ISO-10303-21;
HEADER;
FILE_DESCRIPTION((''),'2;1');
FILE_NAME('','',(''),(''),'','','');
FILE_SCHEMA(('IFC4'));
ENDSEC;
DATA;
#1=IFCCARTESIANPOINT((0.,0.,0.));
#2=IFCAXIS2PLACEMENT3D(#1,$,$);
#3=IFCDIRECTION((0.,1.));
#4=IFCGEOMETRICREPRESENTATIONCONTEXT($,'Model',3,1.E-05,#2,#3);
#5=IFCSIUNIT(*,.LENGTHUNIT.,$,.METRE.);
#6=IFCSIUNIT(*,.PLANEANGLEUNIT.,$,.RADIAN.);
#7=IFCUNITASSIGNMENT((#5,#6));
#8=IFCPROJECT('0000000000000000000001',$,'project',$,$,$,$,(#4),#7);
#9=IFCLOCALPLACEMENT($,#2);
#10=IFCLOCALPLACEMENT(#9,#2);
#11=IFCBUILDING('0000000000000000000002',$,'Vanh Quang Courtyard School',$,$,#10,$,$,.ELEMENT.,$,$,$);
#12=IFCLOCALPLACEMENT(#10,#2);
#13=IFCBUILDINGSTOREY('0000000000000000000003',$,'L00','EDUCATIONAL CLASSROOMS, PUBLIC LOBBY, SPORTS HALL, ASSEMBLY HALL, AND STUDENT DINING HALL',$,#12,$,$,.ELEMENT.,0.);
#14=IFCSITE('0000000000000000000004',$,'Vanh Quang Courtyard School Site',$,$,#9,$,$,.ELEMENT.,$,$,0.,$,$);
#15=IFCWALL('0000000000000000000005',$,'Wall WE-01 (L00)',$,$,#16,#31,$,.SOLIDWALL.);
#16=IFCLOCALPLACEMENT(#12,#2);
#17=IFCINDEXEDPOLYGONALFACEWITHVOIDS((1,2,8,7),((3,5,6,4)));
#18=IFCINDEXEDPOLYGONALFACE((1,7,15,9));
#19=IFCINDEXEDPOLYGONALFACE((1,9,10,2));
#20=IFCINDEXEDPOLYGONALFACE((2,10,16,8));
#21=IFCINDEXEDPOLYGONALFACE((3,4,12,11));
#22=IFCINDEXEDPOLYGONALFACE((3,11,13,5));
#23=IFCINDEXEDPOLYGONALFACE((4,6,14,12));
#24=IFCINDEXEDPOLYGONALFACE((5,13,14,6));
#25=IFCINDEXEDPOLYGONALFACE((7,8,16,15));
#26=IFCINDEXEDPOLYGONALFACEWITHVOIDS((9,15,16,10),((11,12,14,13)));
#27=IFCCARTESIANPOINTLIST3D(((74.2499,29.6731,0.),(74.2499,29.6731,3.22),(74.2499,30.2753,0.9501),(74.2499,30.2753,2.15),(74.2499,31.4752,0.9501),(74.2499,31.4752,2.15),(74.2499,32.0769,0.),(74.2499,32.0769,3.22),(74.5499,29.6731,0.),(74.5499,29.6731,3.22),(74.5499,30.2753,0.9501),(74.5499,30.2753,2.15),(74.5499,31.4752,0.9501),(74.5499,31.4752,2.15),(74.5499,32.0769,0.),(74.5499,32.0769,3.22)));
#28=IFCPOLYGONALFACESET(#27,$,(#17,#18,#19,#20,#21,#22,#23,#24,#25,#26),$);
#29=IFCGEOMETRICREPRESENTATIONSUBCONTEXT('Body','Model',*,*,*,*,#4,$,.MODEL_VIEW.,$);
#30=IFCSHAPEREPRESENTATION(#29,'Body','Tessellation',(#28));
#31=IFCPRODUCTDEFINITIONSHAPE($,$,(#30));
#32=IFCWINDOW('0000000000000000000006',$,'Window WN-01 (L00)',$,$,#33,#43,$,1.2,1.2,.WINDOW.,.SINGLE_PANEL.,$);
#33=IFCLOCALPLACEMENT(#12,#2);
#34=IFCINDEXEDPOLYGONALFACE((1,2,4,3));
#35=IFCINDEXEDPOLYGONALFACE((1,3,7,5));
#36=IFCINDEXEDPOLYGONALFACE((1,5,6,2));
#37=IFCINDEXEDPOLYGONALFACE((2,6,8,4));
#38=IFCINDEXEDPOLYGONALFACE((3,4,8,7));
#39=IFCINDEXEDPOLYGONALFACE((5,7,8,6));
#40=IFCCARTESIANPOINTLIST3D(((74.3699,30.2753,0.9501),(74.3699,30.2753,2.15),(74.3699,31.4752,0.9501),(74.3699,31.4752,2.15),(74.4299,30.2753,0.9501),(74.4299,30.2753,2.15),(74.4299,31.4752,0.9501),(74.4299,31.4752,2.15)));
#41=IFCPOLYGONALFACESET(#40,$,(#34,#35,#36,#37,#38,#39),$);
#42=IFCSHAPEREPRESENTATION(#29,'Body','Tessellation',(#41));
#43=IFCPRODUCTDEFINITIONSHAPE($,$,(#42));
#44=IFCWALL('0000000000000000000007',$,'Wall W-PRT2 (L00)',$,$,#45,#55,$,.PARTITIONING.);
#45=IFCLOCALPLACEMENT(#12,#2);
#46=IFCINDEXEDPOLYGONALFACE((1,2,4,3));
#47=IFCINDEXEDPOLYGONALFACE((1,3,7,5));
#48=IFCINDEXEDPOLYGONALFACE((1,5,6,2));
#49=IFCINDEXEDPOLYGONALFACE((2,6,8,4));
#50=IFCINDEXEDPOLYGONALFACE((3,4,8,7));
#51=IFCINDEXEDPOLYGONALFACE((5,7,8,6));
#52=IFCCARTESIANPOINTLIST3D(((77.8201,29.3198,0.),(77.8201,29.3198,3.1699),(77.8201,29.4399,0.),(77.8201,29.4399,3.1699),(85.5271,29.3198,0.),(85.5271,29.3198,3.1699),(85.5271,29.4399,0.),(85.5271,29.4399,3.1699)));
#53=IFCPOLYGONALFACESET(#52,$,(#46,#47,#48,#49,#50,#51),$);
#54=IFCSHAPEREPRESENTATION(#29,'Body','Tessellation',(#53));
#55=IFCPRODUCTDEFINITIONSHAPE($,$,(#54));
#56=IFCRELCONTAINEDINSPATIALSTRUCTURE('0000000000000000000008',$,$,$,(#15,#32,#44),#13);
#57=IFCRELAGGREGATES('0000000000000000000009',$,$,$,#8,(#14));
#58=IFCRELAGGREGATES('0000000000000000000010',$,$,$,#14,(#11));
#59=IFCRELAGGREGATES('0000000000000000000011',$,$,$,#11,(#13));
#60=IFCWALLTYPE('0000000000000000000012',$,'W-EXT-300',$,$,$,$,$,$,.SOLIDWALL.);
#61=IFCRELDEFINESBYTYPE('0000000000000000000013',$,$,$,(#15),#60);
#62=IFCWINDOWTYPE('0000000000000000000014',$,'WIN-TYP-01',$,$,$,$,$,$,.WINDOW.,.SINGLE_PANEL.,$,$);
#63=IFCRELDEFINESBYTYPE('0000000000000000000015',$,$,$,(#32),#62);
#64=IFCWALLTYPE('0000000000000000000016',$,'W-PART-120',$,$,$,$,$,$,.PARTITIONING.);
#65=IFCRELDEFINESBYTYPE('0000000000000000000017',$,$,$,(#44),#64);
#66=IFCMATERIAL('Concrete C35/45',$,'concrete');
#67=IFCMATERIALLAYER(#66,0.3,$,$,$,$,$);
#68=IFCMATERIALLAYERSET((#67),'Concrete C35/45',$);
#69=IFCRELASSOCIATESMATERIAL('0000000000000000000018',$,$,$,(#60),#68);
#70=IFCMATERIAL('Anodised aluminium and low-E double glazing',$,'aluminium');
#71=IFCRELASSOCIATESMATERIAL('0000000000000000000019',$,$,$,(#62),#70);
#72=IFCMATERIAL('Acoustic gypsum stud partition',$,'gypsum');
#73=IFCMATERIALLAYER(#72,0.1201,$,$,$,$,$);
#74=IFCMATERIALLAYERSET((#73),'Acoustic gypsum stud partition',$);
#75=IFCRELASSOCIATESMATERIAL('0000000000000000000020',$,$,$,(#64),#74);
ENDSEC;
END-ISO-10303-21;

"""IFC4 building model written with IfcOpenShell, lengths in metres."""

from ifc_helpers import new_model, si_unit, direction, frame, frame_2d, origin, place, context, subcontext, project, spatial, rectangle, extrude, material, layer, layer_set, type_object, element, fill, save


model = new_model("IFC4")

# Units and contexts
model_context = context("Model", 3, precision=1e-05, world=origin(), true_north=direction((0.0, 1.0)))
body_context = subcontext(model_context, "Body", "Model", "MODEL_VIEW")
ifc_project = project(units=[si_unit("LENGTHUNIT", "METRE"), si_unit("PLANEANGLEUNIT", "RADIAN")], contexts=[model_context])

# Site, building, storey
site_placement = place(None, origin())
site = spatial("IfcSite", under=ifc_project, at=site_placement, Name="Vanh Quang Courtyard School Site", CompositionType="ELEMENT", RefElevation=0.0)
building_placement = place(site_placement, origin())
building = spatial("IfcBuilding", under=site, at=building_placement, Name="Vanh Quang Courtyard School", CompositionType="ELEMENT")
storey_placement = place(building_placement, origin())
storey = spatial("IfcBuildingStorey", under=building, at=storey_placement, Name="L00", Description="EDUCATIONAL CLASSROOMS, PUBLIC LOBBY, SPORTS HALL, ASSEMBLY HALL, AND STUDENT DINING HALL", CompositionType="ELEMENT", Elevation=0.0)

# Shared definitions
ifc_material_1 = material(Name="Concrete C35/45", Category="concrete")

# Wall, opening, window
ifc_layer_1 = layer(ifc_material_1, 0.3)
ifc_layer_set_1 = layer_set([ifc_layer_1], Name="Concrete C35/45")
wall_type_1 = type_object("IfcWallType", Name="W-EXT-300", PredefinedType="SOLIDWALL", material=ifc_layer_set_1)
wall_1_placement = place(storey_placement, frame((74.3999, 29.6731, 0.0), z_axis=(0.0, 0.0, 1.0), x_axis=(0.0, 1.0, 0.0)))
wall_1 = element("IfcWall", 1, at=wall_1_placement, inside=storey, type_object=wall_type_1, Name="Wall WE-01 (L00)", PredefinedType="SOLIDWALL", context=body_context, shape_type="SweptSolid", body=[
    extrude(rectangle(XDim=2.4038, YDim=0.3, at=frame_2d((1.2019, 0.0))), origin(), (0.0, 0.0, 1.0), 3.22),
])
opening_placement = place(wall_1_placement, frame((0.6021, 0.0, 0.95)))
opening = element("IfcOpeningElement", 2, at=opening_placement, cuts=wall_1, PredefinedType="OPENING", context=body_context, shape_type="SweptSolid", body=[
    extrude(rectangle(XDim=1.2, YDim=1.2, at=frame_2d((0.6001, 0.6001))), frame((0.0, 0.1602, 0.0), z_axis=(0.0, -1.0, 0.0), x_axis=(1.0, 0.0, 0.0)), (0.0, 0.0, 1.0), 0.3201),
])
ifc_material_2 = material(Name="Anodised aluminium and low-E double glazing", Category="aluminium")
window_type = type_object("IfcWindowType", Name="WIN-TYP-01", PartitioningType="SINGLE_PANEL", PredefinedType="WINDOW", material=ifc_material_2)
window_placement = place(opening_placement, origin())
window = element("IfcWindow", 3, at=window_placement, inside=storey, type_object=window_type, Name="Window WN-01 (L00)", OverallHeight=1.2, OverallWidth=1.2, PartitioningType="SINGLE_PANEL", PredefinedType="WINDOW", context=body_context, shape_type="SweptSolid", body=[
    extrude(rectangle(XDim=1.2, YDim=1.2, at=frame_2d((0.6001, 0.6001))), frame((0.0, 0.03, 0.0), z_axis=(0.0, -1.0, 0.0), x_axis=(1.0, 0.0, 0.0)), (0.0, 0.0, 1.0), 0.0601),
])
fill(opening, window)

# Wall
ifc_material_3 = material(Name="Acoustic gypsum stud partition", Category="gypsum")
ifc_layer_2 = layer(ifc_material_3, 0.1201)
ifc_layer_set_2 = layer_set([ifc_layer_2], Name="Acoustic gypsum stud partition")
wall_type_2 = type_object("IfcWallType", Name="W-PART-120", PredefinedType="PARTITIONING", material=ifc_layer_set_2)
wall_2_placement = place(storey_placement, frame((77.8201, 29.3799, 0.0), z_axis=(0.0, 0.0, 1.0), x_axis=(1.0, 0.0, 0.0)))
element("IfcWall", 4, at=wall_2_placement, inside=storey, type_object=wall_type_2, Name="Wall W-PRT2 (L00)", PredefinedType="PARTITIONING", context=body_context, shape_type="SweptSolid", body=[
    extrude(rectangle(XDim=7.707, YDim=0.1201, at=frame_2d((3.8535, 0.0))), origin(), (0.0, 0.0, 1.0), 3.1699),
])

save(model, "model.ifc")
